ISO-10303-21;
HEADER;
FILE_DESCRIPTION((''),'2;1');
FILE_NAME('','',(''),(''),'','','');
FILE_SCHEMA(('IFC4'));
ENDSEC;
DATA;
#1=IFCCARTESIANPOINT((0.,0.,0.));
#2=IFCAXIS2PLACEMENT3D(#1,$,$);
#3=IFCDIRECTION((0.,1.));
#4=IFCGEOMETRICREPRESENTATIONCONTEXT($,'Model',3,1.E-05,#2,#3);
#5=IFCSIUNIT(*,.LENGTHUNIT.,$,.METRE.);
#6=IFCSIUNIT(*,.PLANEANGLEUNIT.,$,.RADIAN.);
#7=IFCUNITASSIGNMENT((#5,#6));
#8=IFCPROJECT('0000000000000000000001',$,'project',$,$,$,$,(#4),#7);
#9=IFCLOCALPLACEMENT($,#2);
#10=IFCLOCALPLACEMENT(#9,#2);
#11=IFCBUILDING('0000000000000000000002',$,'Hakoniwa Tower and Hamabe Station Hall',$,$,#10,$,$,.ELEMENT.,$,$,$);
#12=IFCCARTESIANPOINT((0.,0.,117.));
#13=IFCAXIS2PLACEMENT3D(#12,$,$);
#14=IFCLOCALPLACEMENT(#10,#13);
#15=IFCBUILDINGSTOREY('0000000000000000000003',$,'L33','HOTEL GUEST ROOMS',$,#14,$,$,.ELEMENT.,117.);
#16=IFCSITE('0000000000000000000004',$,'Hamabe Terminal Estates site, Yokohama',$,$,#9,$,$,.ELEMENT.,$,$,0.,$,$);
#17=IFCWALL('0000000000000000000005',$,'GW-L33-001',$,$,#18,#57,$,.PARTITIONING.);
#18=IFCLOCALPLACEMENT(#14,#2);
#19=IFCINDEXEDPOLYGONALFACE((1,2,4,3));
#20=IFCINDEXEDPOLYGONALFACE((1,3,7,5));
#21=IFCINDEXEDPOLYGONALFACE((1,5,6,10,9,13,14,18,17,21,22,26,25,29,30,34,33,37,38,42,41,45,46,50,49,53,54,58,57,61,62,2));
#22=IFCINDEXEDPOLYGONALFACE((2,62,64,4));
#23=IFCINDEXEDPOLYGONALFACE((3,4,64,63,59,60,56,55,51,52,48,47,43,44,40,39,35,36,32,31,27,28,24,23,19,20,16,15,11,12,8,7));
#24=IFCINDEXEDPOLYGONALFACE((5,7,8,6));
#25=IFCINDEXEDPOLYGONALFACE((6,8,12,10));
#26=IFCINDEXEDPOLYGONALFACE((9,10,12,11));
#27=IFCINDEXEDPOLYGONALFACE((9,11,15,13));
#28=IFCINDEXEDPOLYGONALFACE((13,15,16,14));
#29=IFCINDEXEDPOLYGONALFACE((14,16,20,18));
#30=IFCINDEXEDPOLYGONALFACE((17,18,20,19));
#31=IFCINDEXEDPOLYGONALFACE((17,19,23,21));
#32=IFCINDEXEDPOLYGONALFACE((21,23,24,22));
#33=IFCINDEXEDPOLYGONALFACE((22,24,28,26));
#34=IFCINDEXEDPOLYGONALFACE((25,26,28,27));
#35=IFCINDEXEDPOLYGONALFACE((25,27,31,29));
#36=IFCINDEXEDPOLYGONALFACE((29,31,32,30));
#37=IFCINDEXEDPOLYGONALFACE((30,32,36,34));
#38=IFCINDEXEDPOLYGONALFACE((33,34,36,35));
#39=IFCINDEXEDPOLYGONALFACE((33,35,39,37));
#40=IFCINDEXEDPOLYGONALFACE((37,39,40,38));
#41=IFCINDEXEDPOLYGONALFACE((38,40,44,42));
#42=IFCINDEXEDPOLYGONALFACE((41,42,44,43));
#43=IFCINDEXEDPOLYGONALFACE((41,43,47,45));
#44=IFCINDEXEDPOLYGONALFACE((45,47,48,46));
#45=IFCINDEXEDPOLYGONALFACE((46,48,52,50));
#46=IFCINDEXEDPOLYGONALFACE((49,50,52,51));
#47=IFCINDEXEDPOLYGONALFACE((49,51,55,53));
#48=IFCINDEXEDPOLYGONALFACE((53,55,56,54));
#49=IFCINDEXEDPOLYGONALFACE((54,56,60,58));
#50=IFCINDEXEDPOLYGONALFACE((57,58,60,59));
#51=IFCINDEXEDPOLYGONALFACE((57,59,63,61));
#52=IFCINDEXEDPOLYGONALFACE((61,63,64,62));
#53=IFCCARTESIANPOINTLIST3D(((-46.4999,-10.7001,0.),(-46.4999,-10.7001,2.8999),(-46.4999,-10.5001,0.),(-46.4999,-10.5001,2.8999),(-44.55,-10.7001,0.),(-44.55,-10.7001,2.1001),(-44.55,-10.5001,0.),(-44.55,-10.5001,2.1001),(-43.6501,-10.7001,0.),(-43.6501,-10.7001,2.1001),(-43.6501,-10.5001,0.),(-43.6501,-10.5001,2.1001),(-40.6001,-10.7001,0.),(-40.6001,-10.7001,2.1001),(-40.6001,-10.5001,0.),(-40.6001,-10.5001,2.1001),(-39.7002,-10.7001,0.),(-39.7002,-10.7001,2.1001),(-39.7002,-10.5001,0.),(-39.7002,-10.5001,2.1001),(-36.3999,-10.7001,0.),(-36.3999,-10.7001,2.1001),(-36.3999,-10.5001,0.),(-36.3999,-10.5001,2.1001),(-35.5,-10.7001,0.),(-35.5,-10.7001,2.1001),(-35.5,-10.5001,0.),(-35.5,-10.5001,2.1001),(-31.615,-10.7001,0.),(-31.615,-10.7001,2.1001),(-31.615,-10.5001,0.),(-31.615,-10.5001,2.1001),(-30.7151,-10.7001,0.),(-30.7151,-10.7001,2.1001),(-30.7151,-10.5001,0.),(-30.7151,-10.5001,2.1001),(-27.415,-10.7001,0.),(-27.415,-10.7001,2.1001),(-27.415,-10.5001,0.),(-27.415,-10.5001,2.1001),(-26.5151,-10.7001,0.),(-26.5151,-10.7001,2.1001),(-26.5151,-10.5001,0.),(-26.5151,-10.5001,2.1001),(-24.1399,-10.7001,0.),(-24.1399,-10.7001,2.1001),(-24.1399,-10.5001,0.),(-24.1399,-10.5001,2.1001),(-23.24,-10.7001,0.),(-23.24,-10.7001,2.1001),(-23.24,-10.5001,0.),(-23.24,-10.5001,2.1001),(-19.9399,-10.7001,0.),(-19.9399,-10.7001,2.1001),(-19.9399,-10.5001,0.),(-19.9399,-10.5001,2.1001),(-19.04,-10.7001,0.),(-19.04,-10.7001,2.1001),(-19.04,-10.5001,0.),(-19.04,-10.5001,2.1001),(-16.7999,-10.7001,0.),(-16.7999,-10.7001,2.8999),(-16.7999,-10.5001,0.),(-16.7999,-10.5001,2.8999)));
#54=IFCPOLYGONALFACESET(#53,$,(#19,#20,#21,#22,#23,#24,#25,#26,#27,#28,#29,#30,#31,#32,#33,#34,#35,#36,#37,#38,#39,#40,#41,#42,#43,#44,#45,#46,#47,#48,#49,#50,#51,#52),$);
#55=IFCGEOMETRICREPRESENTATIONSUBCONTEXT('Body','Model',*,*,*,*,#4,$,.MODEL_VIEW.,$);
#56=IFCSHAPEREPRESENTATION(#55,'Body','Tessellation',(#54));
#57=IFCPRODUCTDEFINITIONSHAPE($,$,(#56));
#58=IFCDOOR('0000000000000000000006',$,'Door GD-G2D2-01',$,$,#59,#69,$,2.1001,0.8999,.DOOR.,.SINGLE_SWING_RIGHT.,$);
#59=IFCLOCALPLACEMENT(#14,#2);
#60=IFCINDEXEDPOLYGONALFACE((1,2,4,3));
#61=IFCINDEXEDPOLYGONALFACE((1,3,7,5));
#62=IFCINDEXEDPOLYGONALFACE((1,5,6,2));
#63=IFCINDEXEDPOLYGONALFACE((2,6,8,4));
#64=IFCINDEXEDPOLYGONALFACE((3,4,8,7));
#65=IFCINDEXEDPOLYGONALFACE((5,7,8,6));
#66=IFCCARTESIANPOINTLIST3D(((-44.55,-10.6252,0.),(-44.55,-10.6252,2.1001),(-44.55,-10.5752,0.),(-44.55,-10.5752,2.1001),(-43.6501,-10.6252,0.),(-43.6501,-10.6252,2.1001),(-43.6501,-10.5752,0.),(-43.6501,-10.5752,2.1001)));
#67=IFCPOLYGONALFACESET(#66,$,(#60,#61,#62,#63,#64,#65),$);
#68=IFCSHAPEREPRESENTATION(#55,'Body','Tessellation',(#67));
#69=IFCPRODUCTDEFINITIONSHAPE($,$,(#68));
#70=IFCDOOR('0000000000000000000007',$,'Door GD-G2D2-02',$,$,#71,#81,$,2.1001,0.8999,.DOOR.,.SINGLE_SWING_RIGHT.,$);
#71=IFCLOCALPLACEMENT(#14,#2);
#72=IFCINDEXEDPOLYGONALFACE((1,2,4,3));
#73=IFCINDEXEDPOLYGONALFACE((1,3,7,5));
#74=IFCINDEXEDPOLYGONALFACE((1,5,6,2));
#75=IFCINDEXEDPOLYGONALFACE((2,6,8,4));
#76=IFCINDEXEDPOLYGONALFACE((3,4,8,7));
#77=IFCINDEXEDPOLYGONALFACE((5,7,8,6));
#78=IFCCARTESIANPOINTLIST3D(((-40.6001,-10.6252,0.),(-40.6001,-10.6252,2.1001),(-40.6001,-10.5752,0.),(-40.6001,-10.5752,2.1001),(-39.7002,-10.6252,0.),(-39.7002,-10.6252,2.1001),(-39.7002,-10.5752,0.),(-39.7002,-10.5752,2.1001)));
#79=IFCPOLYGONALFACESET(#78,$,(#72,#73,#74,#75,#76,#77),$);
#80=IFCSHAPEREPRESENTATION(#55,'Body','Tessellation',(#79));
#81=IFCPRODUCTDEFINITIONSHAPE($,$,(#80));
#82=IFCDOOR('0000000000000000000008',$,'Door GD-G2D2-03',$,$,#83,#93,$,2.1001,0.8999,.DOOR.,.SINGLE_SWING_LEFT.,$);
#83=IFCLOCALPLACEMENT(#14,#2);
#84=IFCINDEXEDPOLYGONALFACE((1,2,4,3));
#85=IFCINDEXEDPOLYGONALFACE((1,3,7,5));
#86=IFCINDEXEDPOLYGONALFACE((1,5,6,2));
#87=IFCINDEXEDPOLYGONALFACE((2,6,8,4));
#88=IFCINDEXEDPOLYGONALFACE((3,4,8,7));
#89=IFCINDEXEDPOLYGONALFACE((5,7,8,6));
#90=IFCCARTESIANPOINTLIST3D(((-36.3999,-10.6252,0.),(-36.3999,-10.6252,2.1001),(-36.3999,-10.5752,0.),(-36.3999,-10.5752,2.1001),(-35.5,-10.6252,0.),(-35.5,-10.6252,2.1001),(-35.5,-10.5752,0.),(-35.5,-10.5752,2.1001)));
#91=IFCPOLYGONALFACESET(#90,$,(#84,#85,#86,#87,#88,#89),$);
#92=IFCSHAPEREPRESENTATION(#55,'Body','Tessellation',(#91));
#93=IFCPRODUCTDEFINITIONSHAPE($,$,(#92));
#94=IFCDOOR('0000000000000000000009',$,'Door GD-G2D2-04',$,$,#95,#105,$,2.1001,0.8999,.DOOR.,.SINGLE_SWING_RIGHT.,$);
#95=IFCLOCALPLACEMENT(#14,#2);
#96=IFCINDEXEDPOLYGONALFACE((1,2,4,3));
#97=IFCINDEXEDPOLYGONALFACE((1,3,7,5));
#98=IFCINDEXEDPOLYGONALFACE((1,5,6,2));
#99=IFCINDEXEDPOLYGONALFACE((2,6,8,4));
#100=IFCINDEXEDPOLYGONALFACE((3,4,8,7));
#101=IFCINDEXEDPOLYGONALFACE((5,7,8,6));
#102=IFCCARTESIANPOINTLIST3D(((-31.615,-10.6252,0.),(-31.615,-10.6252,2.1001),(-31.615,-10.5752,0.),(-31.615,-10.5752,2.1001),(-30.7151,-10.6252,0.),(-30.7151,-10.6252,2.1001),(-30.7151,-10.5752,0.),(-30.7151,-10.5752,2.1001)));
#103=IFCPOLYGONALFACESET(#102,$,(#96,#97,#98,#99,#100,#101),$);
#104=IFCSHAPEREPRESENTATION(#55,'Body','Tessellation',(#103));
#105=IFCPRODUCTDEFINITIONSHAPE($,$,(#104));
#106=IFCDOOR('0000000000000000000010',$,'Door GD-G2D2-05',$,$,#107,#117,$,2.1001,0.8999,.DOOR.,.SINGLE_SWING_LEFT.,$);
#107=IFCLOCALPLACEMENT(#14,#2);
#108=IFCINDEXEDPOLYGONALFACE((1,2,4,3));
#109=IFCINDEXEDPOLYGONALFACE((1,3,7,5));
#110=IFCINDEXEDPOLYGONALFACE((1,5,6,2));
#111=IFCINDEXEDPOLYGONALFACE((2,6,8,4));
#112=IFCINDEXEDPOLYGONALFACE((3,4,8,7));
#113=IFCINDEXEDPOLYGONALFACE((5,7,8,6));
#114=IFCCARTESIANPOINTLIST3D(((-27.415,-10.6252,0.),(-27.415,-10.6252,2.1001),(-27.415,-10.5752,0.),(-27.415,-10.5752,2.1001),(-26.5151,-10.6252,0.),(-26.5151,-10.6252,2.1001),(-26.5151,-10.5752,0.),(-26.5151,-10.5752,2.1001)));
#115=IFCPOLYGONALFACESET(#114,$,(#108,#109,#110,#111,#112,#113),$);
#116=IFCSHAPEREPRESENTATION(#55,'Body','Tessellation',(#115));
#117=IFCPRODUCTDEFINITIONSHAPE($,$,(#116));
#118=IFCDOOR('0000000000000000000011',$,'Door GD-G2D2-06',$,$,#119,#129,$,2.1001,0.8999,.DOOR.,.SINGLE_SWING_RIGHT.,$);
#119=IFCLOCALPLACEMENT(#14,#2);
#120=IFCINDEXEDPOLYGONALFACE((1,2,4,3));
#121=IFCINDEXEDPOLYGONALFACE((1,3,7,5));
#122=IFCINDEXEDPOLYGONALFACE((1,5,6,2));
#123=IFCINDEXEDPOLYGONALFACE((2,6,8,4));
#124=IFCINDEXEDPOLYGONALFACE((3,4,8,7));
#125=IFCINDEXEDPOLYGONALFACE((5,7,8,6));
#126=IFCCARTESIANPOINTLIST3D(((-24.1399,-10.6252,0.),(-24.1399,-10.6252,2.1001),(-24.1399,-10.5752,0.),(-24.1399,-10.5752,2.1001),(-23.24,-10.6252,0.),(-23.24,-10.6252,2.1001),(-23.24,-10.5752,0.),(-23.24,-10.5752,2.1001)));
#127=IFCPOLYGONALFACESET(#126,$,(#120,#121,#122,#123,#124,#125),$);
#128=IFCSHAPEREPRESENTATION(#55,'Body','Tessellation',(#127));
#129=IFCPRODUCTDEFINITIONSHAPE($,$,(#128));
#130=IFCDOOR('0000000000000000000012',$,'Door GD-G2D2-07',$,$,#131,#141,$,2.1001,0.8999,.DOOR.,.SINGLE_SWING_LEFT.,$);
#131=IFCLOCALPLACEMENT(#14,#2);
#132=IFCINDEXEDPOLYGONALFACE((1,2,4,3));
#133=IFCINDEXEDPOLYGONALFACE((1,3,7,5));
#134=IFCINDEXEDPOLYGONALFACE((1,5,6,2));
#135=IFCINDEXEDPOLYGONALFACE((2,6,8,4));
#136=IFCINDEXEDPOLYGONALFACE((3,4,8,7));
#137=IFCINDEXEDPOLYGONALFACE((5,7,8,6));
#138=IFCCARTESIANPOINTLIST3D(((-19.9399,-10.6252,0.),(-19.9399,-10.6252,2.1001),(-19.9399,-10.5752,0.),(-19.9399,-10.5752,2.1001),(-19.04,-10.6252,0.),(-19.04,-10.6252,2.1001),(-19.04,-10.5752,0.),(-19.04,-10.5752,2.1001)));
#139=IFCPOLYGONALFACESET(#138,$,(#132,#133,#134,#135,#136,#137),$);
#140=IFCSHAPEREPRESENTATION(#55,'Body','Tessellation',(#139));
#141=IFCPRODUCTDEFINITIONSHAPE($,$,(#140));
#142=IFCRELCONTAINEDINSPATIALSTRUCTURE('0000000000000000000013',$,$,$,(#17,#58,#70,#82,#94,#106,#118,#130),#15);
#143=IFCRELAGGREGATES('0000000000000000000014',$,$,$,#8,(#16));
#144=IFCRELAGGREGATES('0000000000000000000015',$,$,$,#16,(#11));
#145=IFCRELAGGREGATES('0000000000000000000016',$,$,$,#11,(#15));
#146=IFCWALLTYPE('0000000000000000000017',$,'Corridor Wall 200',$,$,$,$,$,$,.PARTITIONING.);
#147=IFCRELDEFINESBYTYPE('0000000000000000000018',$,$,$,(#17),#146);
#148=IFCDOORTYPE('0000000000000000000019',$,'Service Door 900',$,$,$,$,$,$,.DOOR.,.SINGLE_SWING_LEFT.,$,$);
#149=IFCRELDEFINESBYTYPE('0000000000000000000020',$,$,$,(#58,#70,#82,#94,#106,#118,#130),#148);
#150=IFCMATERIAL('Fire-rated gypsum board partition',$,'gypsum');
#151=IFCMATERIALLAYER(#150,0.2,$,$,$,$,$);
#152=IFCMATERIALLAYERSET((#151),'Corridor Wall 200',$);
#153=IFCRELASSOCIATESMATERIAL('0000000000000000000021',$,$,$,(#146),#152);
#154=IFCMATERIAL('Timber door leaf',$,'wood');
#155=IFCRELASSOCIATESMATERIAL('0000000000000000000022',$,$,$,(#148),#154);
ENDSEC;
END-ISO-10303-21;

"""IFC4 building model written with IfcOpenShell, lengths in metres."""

from ifc_helpers import new_model, si_unit, direction, frame, frame_2d, origin, place, context, subcontext, project, spatial, rectangle, extrude, material, layer, layer_set, type_object, element, fill, save


model = new_model("IFC4")

# Units and contexts
model_context = context("Model", 3, precision=1e-05, world=origin(), true_north=direction((0.0, 1.0)))
body_context = subcontext(model_context, "Body", "Model", "MODEL_VIEW")
ifc_project = project(units=[si_unit("LENGTHUNIT", "METRE"), si_unit("PLANEANGLEUNIT", "RADIAN")], contexts=[model_context])

# Site, building, storey
site_placement = place(None, origin())
site = spatial("IfcSite", under=ifc_project, at=site_placement, Name="Hamabe Terminal Estates site, Yokohama", CompositionType="ELEMENT", RefElevation=0.0)
building_placement = place(site_placement, origin())
building = spatial("IfcBuilding", under=site, at=building_placement, Name="Hakoniwa Tower and Hamabe Station Hall", CompositionType="ELEMENT")
storey_placement = place(building_placement, frame((0.0, 0.0, 117.0)))
storey = spatial("IfcBuildingStorey", under=building, at=storey_placement, Name="L33", Description="HOTEL GUEST ROOMS", CompositionType="ELEMENT", Elevation=117.0)

# Wall, openings, doors
ifc_material_1 = material(Name="Fire-rated gypsum board partition", Category="gypsum")
ifc_layer_1 = layer(ifc_material_1, 0.2)
ifc_layer_set_1 = layer_set([ifc_layer_1], Name="Corridor Wall 200")
wall_type_1 = type_object("IfcWallType", Name="Corridor Wall 200", PredefinedType="PARTITIONING", material=ifc_layer_set_1)
wall_1_placement = place(storey_placement, frame((-46.5, -10.6001, 0.0), z_axis=(0.0, 0.0, 1.0), x_axis=(1.0, 0.0, 0.0)))
wall_1 = element("IfcWall", 1, at=wall_1_placement, inside=storey, type_object=wall_type_1, Name="GW-L33-001", PredefinedType="PARTITIONING", context=body_context, shape_type="SweptSolid", body=[
    extrude(rectangle(XDim=29.7, YDim=0.2, at=frame_2d((14.8501, 0.0))), origin(), (0.0, 0.0, 1.0), 2.8999),
])
opening_1_placement = place(wall_1_placement, frame((1.95, 0.0, 0.0)))
opening_1 = element("IfcOpeningElement", 2, at=opening_1_placement, cuts=wall_1, PredefinedType="OPENING", context=body_context, shape_type="SweptSolid", body=[
    extrude(rectangle(XDim=0.8999, YDim=2.1001, at=frame_2d((0.45, 1.05))), frame((0.0, 0.1099, 0.0), z_axis=(0.0, -1.0, 0.0), x_axis=(1.0, 0.0, 0.0)), (0.0, 0.0, 1.0), 0.22),
])
opening_2_placement = place(wall_1_placement, frame((5.8999, 0.0, 0.0)))
opening_2 = element("IfcOpeningElement", 3, at=opening_2_placement, cuts=wall_1, PredefinedType="OPENING", context=body_context, shape_type="SweptSolid", body=[
    extrude(rectangle(XDim=0.8999, YDim=2.1001, at=frame_2d((0.45, 1.05))), frame((0.0, 0.1099, 0.0), z_axis=(0.0, -1.0, 0.0), x_axis=(1.0, 0.0, 0.0)), (0.0, 0.0, 1.0), 0.22),
])
opening_3_placement = place(wall_1_placement, frame((10.1001, 0.0, 0.0)))
opening_3 = element("IfcOpeningElement", 4, at=opening_3_placement, cuts=wall_1, PredefinedType="OPENING", context=body_context, shape_type="SweptSolid", body=[
    extrude(rectangle(XDim=0.8999, YDim=2.1001, at=frame_2d((0.45, 1.05))), frame((0.0, 0.1099, 0.0), z_axis=(0.0, -1.0, 0.0), x_axis=(1.0, 0.0, 0.0)), (0.0, 0.0, 1.0), 0.22),
])
opening_4_placement = place(wall_1_placement, frame((14.885, 0.0, 0.0)))
opening_4 = element("IfcOpeningElement", 5, at=opening_4_placement, cuts=wall_1, PredefinedType="OPENING", context=body_context, shape_type="SweptSolid", body=[
    extrude(rectangle(XDim=0.8999, YDim=2.1001, at=frame_2d((0.45, 1.05))), frame((0.0, 0.1099, 0.0), z_axis=(0.0, -1.0, 0.0), x_axis=(1.0, 0.0, 0.0)), (0.0, 0.0, 1.0), 0.22),
])
opening_5_placement = place(wall_1_placement, frame((19.085, 0.0, 0.0)))
opening_5 = element("IfcOpeningElement", 6, at=opening_5_placement, cuts=wall_1, PredefinedType="OPENING", context=body_context, shape_type="SweptSolid", body=[
    extrude(rectangle(XDim=0.8999, YDim=2.1001, at=frame_2d((0.45, 1.05))), frame((0.0, 0.1099, 0.0), z_axis=(0.0, -1.0, 0.0), x_axis=(1.0, 0.0, 0.0)), (0.0, 0.0, 1.0), 0.22),
])
opening_6_placement = place(wall_1_placement, frame((22.3601, 0.0, 0.0)))
opening_6 = element("IfcOpeningElement", 7, at=opening_6_placement, cuts=wall_1, PredefinedType="OPENING", context=body_context, shape_type="SweptSolid", body=[
    extrude(rectangle(XDim=0.8999, YDim=2.1001, at=frame_2d((0.45, 1.05))), frame((0.0, 0.1099, 0.0), z_axis=(0.0, -1.0, 0.0), x_axis=(1.0, 0.0, 0.0)), (0.0, 0.0, 1.0), 0.22),
])
opening_7_placement = place(wall_1_placement, frame((26.5601, 0.0, 0.0)))
opening_7 = element("IfcOpeningElement", 8, at=opening_7_placement, cuts=wall_1, PredefinedType="OPENING", context=body_context, shape_type="SweptSolid", body=[
    extrude(rectangle(XDim=0.8999, YDim=2.1001, at=frame_2d((0.45, 1.05))), frame((0.0, 0.1099, 0.0), z_axis=(0.0, -1.0, 0.0), x_axis=(1.0, 0.0, 0.0)), (0.0, 0.0, 1.0), 0.22),
])
ifc_material_2 = material(Name="Timber door leaf", Category="wood")
door_type = type_object("IfcDoorType", Name="Service Door 900", OperationType="SINGLE_SWING_LEFT", PredefinedType="DOOR", material=ifc_material_2)
door_1_placement = place(opening_1_placement, origin())
door_1 = element("IfcDoor", 9, at=door_1_placement, inside=storey, type_object=door_type, Name="Door GD-G2D2-01", OperationType="SINGLE_SWING_RIGHT", OverallHeight=2.1001, OverallWidth=0.8999, PredefinedType="DOOR", context=body_context, shape_type="SweptSolid", body=[
    extrude(rectangle(XDim=0.8999, YDim=2.1001, at=frame_2d((0.45, 1.05))), frame((0.0, 0.0249, 0.0), z_axis=(0.0, -1.0, 0.0), x_axis=(1.0, 0.0, 0.0)), (0.0, 0.0, 1.0), 0.05),
])
fill(opening_1, door_1)
door_2_placement = place(opening_2_placement, origin())
door_2 = element("IfcDoor", 10, at=door_2_placement, inside=storey, type_object=door_type, Name="Door GD-G2D2-02", OperationType="SINGLE_SWING_RIGHT", OverallHeight=2.1001, OverallWidth=0.8999, PredefinedType="DOOR", context=body_context, shape_type="SweptSolid", body=[
    extrude(rectangle(XDim=0.8999, YDim=2.1001, at=frame_2d((0.45, 1.05))), frame((0.0, 0.0249, 0.0), z_axis=(0.0, -1.0, 0.0), x_axis=(1.0, 0.0, 0.0)), (0.0, 0.0, 1.0), 0.05),
])
fill(opening_2, door_2)
door_3_placement = place(opening_3_placement, origin())
door_3 = element("IfcDoor", 11, at=door_3_placement, inside=storey, type_object=door_type, Name="Door GD-G2D2-03", OperationType="SINGLE_SWING_LEFT", OverallHeight=2.1001, OverallWidth=0.8999, PredefinedType="DOOR", context=body_context, shape_type="SweptSolid", body=[
    extrude(rectangle(XDim=0.8999, YDim=2.1001, at=frame_2d((0.45, 1.05))), frame((0.0, 0.0249, 0.0), z_axis=(0.0, -1.0, 0.0), x_axis=(1.0, 0.0, 0.0)), (0.0, 0.0, 1.0), 0.05),
])
fill(opening_3, door_3)
door_4_placement = place(opening_4_placement, origin())
door_4 = element("IfcDoor", 12, at=door_4_placement, inside=storey, type_object=door_type, Name="Door GD-G2D2-04", OperationType="SINGLE_SWING_RIGHT", OverallHeight=2.1001, OverallWidth=0.8999, PredefinedType="DOOR", context=body_context, shape_type="SweptSolid", body=[
    extrude(rectangle(XDim=0.8999, YDim=2.1001, at=frame_2d((0.45, 1.05))), frame((0.0, 0.0249, 0.0), z_axis=(0.0, -1.0, 0.0), x_axis=(1.0, 0.0, 0.0)), (0.0, 0.0, 1.0), 0.05),
])
fill(opening_4, door_4)
door_5_placement = place(opening_5_placement, origin())
door_5 = element("IfcDoor", 13, at=door_5_placement, inside=storey, type_object=door_type, Name="Door GD-G2D2-05", OperationType="SINGLE_SWING_LEFT", OverallHeight=2.1001, OverallWidth=0.8999, PredefinedType="DOOR", context=body_context, shape_type="SweptSolid", body=[
    extrude(rectangle(XDim=0.8999, YDim=2.1001, at=frame_2d((0.45, 1.05))), frame((0.0, 0.0249, 0.0), z_axis=(0.0, -1.0, 0.0), x_axis=(1.0, 0.0, 0.0)), (0.0, 0.0, 1.0), 0.05),
])
fill(opening_5, door_5)
door_6_placement = place(opening_6_placement, origin())
door_6 = element("IfcDoor", 14, at=door_6_placement, inside=storey, type_object=door_type, Name="Door GD-G2D2-06", OperationType="SINGLE_SWING_RIGHT", OverallHeight=2.1001, OverallWidth=0.8999, PredefinedType="DOOR", context=body_context, shape_type="SweptSolid", body=[
    extrude(rectangle(XDim=0.8999, YDim=2.1001, at=frame_2d((0.45, 1.05))), frame((0.0, 0.0249, 0.0), z_axis=(0.0, -1.0, 0.0), x_axis=(1.0, 0.0, 0.0)), (0.0, 0.0, 1.0), 0.05),
])
fill(opening_6, door_6)
door_7_placement = place(opening_7_placement, origin())
door_7 = element("IfcDoor", 15, at=door_7_placement, inside=storey, type_object=door_type, Name="Door GD-G2D2-07", OperationType="SINGLE_SWING_LEFT", OverallHeight=2.1001, OverallWidth=0.8999, PredefinedType="DOOR", context=body_context, shape_type="SweptSolid", body=[
    extrude(rectangle(XDim=0.8999, YDim=2.1001, at=frame_2d((0.45, 1.05))), frame((0.0, 0.0249, 0.0), z_axis=(0.0, -1.0, 0.0), x_axis=(1.0, 0.0, 0.0)), (0.0, 0.0, 1.0), 0.05),
])
fill(opening_7, door_7)

save(model, "model.ifc")
